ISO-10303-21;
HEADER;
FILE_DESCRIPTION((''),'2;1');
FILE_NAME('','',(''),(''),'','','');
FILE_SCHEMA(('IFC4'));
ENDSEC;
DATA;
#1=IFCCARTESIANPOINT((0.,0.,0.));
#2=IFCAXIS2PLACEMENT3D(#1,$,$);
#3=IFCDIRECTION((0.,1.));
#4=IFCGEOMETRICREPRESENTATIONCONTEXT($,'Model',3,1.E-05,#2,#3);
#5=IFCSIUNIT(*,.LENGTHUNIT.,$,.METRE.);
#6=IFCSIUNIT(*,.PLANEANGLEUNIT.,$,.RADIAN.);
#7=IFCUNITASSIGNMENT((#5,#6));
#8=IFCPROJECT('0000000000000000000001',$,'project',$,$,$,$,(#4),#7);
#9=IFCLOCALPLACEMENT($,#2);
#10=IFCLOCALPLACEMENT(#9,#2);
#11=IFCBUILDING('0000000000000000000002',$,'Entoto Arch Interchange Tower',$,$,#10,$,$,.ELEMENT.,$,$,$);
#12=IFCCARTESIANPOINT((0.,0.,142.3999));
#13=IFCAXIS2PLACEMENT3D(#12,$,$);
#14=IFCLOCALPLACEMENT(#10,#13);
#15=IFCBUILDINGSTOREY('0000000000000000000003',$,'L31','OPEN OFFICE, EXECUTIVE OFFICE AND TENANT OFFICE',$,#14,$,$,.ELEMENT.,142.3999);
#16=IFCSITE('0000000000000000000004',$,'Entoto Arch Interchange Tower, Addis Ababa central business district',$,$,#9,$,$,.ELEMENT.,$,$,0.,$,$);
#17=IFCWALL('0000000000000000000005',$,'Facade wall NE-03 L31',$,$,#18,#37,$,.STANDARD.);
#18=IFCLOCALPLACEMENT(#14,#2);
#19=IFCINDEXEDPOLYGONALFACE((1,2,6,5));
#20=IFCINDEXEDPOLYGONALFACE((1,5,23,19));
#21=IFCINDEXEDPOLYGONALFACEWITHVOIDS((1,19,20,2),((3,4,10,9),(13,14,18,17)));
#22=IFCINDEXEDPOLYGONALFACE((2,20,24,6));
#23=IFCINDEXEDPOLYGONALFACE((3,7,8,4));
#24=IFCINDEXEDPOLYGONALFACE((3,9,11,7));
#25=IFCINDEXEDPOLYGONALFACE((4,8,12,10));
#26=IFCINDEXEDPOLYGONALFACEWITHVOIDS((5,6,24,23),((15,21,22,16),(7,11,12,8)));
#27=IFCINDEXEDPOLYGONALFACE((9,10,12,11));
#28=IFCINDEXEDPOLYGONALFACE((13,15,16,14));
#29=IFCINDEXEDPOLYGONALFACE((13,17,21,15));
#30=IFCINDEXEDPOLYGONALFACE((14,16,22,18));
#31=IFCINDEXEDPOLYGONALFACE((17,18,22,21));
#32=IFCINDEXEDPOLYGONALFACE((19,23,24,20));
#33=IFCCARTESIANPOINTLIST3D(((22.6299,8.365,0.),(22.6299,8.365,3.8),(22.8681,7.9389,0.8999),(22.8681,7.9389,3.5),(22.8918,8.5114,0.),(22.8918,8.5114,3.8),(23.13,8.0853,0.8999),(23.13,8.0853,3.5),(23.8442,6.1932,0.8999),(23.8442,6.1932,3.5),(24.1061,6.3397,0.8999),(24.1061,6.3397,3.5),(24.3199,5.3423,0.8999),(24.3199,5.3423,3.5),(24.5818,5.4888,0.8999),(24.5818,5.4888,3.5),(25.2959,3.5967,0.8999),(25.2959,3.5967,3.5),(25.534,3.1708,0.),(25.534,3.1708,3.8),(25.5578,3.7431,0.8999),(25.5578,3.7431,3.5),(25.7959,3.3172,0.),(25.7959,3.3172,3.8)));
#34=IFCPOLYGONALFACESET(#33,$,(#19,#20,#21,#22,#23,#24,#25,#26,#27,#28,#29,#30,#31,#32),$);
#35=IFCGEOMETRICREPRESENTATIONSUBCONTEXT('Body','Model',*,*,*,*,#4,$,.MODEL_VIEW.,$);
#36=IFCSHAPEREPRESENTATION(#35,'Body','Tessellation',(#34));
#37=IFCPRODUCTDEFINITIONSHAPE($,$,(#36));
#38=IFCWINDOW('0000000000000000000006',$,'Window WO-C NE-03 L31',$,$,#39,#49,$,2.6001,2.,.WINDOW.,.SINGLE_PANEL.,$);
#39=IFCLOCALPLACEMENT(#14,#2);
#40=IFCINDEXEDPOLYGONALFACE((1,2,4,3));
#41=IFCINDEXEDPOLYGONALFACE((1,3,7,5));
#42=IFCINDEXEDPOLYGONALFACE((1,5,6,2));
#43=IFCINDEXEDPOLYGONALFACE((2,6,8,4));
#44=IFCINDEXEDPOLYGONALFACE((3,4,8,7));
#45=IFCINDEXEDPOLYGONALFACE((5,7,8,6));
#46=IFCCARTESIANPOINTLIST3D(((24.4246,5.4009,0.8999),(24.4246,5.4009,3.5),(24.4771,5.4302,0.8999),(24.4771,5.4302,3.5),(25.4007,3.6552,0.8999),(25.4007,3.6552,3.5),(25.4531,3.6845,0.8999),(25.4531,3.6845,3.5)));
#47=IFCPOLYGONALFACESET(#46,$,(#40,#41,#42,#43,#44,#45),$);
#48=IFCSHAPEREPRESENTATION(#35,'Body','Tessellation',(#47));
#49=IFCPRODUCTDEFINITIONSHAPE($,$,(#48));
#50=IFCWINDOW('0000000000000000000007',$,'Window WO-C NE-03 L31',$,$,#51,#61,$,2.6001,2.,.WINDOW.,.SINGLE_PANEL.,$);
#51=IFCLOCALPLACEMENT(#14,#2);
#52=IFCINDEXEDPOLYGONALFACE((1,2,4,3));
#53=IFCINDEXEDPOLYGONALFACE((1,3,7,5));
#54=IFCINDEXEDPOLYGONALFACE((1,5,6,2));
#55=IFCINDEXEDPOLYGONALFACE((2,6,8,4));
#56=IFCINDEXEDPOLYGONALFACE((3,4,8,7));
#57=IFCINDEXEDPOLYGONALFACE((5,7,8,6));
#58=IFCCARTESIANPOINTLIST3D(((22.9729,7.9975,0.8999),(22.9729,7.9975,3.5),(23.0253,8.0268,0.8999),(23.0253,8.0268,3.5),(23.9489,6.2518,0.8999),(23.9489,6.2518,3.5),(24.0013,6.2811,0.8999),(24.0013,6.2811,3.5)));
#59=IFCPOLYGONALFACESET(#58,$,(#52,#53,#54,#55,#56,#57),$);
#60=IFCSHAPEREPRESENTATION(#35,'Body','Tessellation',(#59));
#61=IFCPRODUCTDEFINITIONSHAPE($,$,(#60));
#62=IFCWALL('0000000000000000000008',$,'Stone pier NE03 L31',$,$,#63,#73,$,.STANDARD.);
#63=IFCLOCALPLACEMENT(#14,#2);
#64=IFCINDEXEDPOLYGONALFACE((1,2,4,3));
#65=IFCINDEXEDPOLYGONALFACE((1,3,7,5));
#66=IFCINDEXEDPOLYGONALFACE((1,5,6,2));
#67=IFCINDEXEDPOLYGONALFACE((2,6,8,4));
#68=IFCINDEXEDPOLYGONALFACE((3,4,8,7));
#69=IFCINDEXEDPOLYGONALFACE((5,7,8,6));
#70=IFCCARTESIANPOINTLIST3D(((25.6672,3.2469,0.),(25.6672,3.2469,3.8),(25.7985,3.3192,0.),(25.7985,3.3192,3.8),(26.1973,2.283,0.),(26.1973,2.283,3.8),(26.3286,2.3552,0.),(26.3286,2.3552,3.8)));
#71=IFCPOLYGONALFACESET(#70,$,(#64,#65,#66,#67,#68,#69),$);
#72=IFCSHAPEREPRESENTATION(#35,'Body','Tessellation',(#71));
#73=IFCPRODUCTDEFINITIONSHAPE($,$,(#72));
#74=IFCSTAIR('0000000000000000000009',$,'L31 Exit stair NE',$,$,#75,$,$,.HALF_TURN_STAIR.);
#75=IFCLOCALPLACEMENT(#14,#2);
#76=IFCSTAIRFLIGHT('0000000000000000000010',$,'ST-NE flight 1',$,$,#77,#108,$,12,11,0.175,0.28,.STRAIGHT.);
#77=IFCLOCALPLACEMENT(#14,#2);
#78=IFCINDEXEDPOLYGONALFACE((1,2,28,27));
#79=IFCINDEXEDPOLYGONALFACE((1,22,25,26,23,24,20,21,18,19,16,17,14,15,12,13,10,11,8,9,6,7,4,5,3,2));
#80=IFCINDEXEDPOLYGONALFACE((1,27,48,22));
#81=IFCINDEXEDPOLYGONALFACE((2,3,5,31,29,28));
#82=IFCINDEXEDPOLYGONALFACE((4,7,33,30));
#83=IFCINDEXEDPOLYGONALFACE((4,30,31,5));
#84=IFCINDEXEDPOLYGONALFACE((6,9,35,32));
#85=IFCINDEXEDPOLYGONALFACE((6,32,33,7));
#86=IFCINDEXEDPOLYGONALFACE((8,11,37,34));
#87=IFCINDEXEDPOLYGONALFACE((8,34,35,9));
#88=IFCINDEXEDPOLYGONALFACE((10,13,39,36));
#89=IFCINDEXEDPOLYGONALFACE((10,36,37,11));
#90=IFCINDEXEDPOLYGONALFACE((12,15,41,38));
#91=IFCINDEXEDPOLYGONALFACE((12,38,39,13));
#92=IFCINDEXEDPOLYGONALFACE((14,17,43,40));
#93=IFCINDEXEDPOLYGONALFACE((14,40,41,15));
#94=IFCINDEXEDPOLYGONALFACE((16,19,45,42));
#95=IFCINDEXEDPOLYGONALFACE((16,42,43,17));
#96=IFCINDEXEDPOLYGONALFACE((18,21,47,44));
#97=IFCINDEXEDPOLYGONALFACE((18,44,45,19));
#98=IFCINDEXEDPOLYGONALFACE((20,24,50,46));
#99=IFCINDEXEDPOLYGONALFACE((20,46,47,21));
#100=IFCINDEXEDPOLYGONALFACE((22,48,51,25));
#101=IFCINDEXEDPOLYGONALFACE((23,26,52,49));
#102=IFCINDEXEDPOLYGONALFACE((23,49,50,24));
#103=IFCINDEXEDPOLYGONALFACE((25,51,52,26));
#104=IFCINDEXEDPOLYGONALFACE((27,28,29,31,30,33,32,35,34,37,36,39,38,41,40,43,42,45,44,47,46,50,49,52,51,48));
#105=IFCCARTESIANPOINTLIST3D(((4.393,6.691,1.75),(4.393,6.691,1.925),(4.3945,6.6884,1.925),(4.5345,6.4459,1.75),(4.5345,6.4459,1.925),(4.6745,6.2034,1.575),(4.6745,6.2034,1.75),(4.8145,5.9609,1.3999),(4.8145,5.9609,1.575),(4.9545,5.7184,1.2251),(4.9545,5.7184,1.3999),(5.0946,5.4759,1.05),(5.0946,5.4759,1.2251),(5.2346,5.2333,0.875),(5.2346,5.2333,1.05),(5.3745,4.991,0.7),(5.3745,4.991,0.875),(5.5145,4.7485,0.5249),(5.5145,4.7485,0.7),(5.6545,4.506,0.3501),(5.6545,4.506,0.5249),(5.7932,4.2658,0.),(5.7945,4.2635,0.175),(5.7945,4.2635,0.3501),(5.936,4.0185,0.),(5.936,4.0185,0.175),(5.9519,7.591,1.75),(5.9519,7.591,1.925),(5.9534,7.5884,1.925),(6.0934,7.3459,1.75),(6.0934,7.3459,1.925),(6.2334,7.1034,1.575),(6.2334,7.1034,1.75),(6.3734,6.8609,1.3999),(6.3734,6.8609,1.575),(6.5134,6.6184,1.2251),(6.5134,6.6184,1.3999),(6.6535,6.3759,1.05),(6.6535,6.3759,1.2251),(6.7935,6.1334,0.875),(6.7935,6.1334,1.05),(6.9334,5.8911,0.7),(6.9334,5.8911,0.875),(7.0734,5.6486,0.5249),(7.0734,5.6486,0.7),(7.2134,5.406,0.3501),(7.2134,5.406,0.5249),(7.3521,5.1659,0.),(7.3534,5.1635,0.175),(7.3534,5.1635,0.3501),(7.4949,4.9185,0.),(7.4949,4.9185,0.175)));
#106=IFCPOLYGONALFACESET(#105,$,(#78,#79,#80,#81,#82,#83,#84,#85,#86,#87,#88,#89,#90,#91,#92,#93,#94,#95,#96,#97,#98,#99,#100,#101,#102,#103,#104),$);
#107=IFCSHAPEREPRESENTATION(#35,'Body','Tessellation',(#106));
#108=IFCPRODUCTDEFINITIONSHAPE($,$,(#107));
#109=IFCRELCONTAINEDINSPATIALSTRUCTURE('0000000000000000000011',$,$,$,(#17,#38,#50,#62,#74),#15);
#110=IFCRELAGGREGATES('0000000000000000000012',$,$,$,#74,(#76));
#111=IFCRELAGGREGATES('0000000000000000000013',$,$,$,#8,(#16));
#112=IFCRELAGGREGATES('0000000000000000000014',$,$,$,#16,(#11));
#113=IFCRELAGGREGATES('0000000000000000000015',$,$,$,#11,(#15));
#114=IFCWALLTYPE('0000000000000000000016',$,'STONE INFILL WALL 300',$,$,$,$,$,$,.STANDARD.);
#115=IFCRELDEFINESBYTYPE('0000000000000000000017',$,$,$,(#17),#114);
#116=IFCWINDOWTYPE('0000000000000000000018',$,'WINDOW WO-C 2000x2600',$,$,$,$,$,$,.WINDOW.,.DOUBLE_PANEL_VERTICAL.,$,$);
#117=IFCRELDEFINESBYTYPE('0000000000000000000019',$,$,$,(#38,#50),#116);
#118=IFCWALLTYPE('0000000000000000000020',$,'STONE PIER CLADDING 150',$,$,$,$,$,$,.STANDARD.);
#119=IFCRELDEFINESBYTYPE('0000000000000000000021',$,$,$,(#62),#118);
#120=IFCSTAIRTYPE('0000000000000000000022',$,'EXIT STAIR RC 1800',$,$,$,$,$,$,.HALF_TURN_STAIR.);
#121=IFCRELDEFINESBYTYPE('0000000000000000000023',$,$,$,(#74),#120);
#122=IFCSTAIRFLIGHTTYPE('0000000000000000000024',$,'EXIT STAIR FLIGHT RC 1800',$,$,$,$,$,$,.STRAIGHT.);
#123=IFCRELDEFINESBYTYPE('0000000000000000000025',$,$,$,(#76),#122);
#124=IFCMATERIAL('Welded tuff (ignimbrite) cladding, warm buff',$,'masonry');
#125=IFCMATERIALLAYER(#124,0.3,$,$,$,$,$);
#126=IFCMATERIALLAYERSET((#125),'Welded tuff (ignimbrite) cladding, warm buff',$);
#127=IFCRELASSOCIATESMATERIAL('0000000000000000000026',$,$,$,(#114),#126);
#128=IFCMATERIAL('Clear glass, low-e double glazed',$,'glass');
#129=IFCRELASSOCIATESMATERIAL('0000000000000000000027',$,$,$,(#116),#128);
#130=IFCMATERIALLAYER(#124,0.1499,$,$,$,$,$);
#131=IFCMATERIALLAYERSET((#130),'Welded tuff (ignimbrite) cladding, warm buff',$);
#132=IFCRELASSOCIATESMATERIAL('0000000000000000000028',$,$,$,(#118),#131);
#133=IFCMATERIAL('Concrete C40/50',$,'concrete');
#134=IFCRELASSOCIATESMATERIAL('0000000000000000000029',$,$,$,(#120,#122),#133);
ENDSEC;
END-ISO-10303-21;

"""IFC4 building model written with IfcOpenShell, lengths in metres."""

from ifc_helpers import new_model, si_unit, direction, frame, frame_2d, origin, place, context, subcontext, project, spatial, polyline, rectangle, outline, extrude, material, layer, layer_set, type_object, element, fill, aggregate, save


model = new_model("IFC4")

# Units and contexts
model_context = context("Model", 3, precision=1e-05, world=origin(), true_north=direction((0.0, 1.0)))
body_context = subcontext(model_context, "Body", "Model", "MODEL_VIEW")
ifc_project = project(units=[si_unit("LENGTHUNIT", "METRE"), si_unit("PLANEANGLEUNIT", "RADIAN")], contexts=[model_context])

# Site, building, storey
site_placement = place(None, origin())
site = spatial("IfcSite", under=ifc_project, at=site_placement, Name="Entoto Arch Interchange Tower, Addis Ababa central business district", CompositionType="ELEMENT", RefElevation=0.0)
building_placement = place(site_placement, origin())
building = spatial("IfcBuilding", under=site, at=building_placement, Name="Entoto Arch Interchange Tower", CompositionType="ELEMENT")
storey_placement = place(building_placement, frame((0.0, 0.0, 142.3999)))
storey = spatial("IfcBuildingStorey", under=building, at=storey_placement, Name="L31", Description="OPEN OFFICE, EXECUTIVE OFFICE AND TENANT OFFICE", CompositionType="ELEMENT", Elevation=142.3999)

# Shared definitions
ifc_material_1 = material(Name="Concrete C40/50", Category="concrete")

# Wall, openings, windows
ifc_material_2 = material(Name="Welded tuff (ignimbrite) cladding, warm buff", Category="masonry")
ifc_layer_1 = layer(ifc_material_2, 0.3)
ifc_layer_set_1 = layer_set([ifc_layer_1], Name="Welded tuff (ignimbrite) cladding, warm buff")
wall_type_1 = type_object("IfcWallType", Name="STONE INFILL WALL 300", PredefinedType="STANDARD", material=ifc_layer_set_1)
wall_1_placement = place(storey_placement, frame((25.665, 3.2439, 0.0), z_axis=(0.0, 0.0, 1.0), x_axis=(-0.48801, 0.872838, 0.0)))
wall_1 = element("IfcWall", 1, at=wall_1_placement, inside=storey, type_object=wall_type_1, Name="Facade wall NE-03 L31", PredefinedType="STANDARD", context=body_context, shape_type="SweptSolid", body=[
    extrude(rectangle(XDim=5.9509, YDim=0.3, at=frame_2d((2.9756, 0.0))), origin(), (0.0, 0.0, 1.0), 3.8),
])
opening_1_placement = place(wall_1_placement, frame((0.488, 0.0, 0.8999)))
opening_1 = element("IfcOpeningElement", 2, at=opening_1_placement, cuts=wall_1, PredefinedType="OPENING", context=body_context, shape_type="SweptSolid", body=[
    extrude(rectangle(XDim=2.0, YDim=2.6001, at=frame_2d((1.0, 1.3))), frame((0.0, 0.1602, 0.0), z_axis=(0.0, -1.0, 0.0), x_axis=(1.0, 0.0, 0.0)), (0.0, 0.0, 1.0), 0.3201),
])
opening_2_placement = place(wall_1_placement, frame((3.4629, 0.0, 0.8999)))
opening_2 = element("IfcOpeningElement", 3, at=opening_2_placement, cuts=wall_1, PredefinedType="OPENING", context=body_context, shape_type="SweptSolid", body=[
    extrude(rectangle(XDim=2.0, YDim=2.6001, at=frame_2d((1.0, 1.3))), frame((0.0, 0.1602, 0.0), z_axis=(0.0, -1.0, 0.0), x_axis=(1.0, 0.0, 0.0)), (0.0, 0.0, 1.0), 0.3201),
])
ifc_material_3 = material(Name="Clear glass, low-e double glazed", Category="glass")
window_type = type_object("IfcWindowType", Name="WINDOW WO-C 2000x2600", PartitioningType="DOUBLE_PANEL_VERTICAL", PredefinedType="WINDOW", material=ifc_material_3)
window_1_placement = place(opening_1_placement, origin())
window_1 = element("IfcWindow", 4, at=window_1_placement, inside=storey, type_object=window_type, Name="Window WO-C NE-03 L31", OverallHeight=2.6001, OverallWidth=2.0, PartitioningType="SINGLE_PANEL", PredefinedType="WINDOW", context=body_context, shape_type="SweptSolid", body=[
    extrude(rectangle(XDim=2.0, YDim=2.6001, at=frame_2d((1.0, 1.3))), frame((0.0, 0.03, 0.0), z_axis=(0.0, -1.0, 0.0), x_axis=(1.0, 0.0, 0.0)), (0.0, 0.0, 1.0), 0.0601),
])
fill(opening_1, window_1)
window_2_placement = place(opening_2_placement, origin())
window_2 = element("IfcWindow", 5, at=window_2_placement, inside=storey, type_object=window_type, Name="Window WO-C NE-03 L31", OverallHeight=2.6001, OverallWidth=2.0, PartitioningType="SINGLE_PANEL", PredefinedType="WINDOW", context=body_context, shape_type="SweptSolid", body=[
    extrude(rectangle(XDim=2.0, YDim=2.6001, at=frame_2d((1.0, 1.3))), frame((0.0, 0.03, 0.0), z_axis=(0.0, -1.0, 0.0), x_axis=(1.0, 0.0, 0.0)), (0.0, 0.0, 1.0), 0.0601),
])
fill(opening_2, window_2)

# Wall
ifc_layer_2 = layer(ifc_material_2, 0.1499)
ifc_layer_set_2 = layer_set([ifc_layer_2], Name="Welded tuff (ignimbrite) cladding, warm buff")
wall_type_2 = type_object("IfcWallType", Name="STONE PIER CLADDING 150", PredefinedType="STANDARD", material=ifc_layer_set_2)
wall_2_placement = place(storey_placement, frame((26.2629, 2.3191, 0.0), z_axis=(0.0, 0.0, 1.0), x_axis=(-0.481851, 0.876253, 0.0)))
element("IfcWall", 6, at=wall_2_placement, inside=storey, type_object=wall_type_2, Name="Stone pier NE03 L31", PredefinedType="STANDARD", context=body_context, shape_type="SweptSolid", body=[
    extrude(rectangle(XDim=1.1001, YDim=0.1499, at=frame_2d((0.55, 0.0))), origin(), (0.0, 0.0, 1.0), 3.8),
])

# Stair, stair flight
stair_type = type_object("IfcStairType", Name="EXIT STAIR RC 1800", PredefinedType="HALF_TURN_STAIR", material=ifc_material_1)
stair_placement = place(storey_placement, origin())
stair = element("IfcStair", 7, at=stair_placement, inside=storey, type_object=stair_type, Name="L31 Exit stair NE", PredefinedType="HALF_TURN_STAIR")
stair_flight_type = type_object("IfcStairFlightType", Name="EXIT STAIR FLIGHT RC 1800", PredefinedType="STRAIGHT", material=ifc_material_1)
stair_flight_placement = place(storey_placement, frame((6.7139, 4.4709, 0.0), z_axis=(0.0, 0.0, 1.0), x_axis=(-0.5, 0.866025, 0.0)))
stair_flight = element("IfcStairFlight", 8, at=stair_flight_placement, type_object=stair_flight_type, Name="ST-NE flight 1", NumberOfRisers=12, NumberOfTreads=11, PredefinedType="STRAIGHT", RiserHeight=0.175, TreadLength=0.28, context=body_context, shape_type="SweptSolid", body=[
    extrude(outline(polyline([(-0.0029, 0.0), (-0.0029, 0.175), (0.28, 0.175), (0.28, 0.3501), (0.5601, 0.3501), (0.5601, 0.5249), (0.8401, 0.5249), (0.8401, 0.7), (1.1201, 0.7), (1.1201, 0.875), (1.3999, 0.875), (1.3999, 1.05), (1.6799, 1.05), (1.6799, 1.2251), (1.96, 1.2251), (1.96, 1.3999), (2.24, 1.3999), (2.24, 1.575), (2.52, 1.575), (2.52, 1.75), (2.8, 1.75), (2.8, 1.925), (3.0801, 1.925), (3.083, 1.925), (3.083, 1.75), (0.2827, 0.0), (-0.0029, 0.0)])), frame((0.0, 0.8999, 0.0), z_axis=(0.0, -1.0, 0.0), x_axis=(1.0, 0.0, 0.0)), (0.0, 0.0, 1.0), 1.8),
])
aggregate(stair, [stair_flight])

save(model, "model.ifc")
